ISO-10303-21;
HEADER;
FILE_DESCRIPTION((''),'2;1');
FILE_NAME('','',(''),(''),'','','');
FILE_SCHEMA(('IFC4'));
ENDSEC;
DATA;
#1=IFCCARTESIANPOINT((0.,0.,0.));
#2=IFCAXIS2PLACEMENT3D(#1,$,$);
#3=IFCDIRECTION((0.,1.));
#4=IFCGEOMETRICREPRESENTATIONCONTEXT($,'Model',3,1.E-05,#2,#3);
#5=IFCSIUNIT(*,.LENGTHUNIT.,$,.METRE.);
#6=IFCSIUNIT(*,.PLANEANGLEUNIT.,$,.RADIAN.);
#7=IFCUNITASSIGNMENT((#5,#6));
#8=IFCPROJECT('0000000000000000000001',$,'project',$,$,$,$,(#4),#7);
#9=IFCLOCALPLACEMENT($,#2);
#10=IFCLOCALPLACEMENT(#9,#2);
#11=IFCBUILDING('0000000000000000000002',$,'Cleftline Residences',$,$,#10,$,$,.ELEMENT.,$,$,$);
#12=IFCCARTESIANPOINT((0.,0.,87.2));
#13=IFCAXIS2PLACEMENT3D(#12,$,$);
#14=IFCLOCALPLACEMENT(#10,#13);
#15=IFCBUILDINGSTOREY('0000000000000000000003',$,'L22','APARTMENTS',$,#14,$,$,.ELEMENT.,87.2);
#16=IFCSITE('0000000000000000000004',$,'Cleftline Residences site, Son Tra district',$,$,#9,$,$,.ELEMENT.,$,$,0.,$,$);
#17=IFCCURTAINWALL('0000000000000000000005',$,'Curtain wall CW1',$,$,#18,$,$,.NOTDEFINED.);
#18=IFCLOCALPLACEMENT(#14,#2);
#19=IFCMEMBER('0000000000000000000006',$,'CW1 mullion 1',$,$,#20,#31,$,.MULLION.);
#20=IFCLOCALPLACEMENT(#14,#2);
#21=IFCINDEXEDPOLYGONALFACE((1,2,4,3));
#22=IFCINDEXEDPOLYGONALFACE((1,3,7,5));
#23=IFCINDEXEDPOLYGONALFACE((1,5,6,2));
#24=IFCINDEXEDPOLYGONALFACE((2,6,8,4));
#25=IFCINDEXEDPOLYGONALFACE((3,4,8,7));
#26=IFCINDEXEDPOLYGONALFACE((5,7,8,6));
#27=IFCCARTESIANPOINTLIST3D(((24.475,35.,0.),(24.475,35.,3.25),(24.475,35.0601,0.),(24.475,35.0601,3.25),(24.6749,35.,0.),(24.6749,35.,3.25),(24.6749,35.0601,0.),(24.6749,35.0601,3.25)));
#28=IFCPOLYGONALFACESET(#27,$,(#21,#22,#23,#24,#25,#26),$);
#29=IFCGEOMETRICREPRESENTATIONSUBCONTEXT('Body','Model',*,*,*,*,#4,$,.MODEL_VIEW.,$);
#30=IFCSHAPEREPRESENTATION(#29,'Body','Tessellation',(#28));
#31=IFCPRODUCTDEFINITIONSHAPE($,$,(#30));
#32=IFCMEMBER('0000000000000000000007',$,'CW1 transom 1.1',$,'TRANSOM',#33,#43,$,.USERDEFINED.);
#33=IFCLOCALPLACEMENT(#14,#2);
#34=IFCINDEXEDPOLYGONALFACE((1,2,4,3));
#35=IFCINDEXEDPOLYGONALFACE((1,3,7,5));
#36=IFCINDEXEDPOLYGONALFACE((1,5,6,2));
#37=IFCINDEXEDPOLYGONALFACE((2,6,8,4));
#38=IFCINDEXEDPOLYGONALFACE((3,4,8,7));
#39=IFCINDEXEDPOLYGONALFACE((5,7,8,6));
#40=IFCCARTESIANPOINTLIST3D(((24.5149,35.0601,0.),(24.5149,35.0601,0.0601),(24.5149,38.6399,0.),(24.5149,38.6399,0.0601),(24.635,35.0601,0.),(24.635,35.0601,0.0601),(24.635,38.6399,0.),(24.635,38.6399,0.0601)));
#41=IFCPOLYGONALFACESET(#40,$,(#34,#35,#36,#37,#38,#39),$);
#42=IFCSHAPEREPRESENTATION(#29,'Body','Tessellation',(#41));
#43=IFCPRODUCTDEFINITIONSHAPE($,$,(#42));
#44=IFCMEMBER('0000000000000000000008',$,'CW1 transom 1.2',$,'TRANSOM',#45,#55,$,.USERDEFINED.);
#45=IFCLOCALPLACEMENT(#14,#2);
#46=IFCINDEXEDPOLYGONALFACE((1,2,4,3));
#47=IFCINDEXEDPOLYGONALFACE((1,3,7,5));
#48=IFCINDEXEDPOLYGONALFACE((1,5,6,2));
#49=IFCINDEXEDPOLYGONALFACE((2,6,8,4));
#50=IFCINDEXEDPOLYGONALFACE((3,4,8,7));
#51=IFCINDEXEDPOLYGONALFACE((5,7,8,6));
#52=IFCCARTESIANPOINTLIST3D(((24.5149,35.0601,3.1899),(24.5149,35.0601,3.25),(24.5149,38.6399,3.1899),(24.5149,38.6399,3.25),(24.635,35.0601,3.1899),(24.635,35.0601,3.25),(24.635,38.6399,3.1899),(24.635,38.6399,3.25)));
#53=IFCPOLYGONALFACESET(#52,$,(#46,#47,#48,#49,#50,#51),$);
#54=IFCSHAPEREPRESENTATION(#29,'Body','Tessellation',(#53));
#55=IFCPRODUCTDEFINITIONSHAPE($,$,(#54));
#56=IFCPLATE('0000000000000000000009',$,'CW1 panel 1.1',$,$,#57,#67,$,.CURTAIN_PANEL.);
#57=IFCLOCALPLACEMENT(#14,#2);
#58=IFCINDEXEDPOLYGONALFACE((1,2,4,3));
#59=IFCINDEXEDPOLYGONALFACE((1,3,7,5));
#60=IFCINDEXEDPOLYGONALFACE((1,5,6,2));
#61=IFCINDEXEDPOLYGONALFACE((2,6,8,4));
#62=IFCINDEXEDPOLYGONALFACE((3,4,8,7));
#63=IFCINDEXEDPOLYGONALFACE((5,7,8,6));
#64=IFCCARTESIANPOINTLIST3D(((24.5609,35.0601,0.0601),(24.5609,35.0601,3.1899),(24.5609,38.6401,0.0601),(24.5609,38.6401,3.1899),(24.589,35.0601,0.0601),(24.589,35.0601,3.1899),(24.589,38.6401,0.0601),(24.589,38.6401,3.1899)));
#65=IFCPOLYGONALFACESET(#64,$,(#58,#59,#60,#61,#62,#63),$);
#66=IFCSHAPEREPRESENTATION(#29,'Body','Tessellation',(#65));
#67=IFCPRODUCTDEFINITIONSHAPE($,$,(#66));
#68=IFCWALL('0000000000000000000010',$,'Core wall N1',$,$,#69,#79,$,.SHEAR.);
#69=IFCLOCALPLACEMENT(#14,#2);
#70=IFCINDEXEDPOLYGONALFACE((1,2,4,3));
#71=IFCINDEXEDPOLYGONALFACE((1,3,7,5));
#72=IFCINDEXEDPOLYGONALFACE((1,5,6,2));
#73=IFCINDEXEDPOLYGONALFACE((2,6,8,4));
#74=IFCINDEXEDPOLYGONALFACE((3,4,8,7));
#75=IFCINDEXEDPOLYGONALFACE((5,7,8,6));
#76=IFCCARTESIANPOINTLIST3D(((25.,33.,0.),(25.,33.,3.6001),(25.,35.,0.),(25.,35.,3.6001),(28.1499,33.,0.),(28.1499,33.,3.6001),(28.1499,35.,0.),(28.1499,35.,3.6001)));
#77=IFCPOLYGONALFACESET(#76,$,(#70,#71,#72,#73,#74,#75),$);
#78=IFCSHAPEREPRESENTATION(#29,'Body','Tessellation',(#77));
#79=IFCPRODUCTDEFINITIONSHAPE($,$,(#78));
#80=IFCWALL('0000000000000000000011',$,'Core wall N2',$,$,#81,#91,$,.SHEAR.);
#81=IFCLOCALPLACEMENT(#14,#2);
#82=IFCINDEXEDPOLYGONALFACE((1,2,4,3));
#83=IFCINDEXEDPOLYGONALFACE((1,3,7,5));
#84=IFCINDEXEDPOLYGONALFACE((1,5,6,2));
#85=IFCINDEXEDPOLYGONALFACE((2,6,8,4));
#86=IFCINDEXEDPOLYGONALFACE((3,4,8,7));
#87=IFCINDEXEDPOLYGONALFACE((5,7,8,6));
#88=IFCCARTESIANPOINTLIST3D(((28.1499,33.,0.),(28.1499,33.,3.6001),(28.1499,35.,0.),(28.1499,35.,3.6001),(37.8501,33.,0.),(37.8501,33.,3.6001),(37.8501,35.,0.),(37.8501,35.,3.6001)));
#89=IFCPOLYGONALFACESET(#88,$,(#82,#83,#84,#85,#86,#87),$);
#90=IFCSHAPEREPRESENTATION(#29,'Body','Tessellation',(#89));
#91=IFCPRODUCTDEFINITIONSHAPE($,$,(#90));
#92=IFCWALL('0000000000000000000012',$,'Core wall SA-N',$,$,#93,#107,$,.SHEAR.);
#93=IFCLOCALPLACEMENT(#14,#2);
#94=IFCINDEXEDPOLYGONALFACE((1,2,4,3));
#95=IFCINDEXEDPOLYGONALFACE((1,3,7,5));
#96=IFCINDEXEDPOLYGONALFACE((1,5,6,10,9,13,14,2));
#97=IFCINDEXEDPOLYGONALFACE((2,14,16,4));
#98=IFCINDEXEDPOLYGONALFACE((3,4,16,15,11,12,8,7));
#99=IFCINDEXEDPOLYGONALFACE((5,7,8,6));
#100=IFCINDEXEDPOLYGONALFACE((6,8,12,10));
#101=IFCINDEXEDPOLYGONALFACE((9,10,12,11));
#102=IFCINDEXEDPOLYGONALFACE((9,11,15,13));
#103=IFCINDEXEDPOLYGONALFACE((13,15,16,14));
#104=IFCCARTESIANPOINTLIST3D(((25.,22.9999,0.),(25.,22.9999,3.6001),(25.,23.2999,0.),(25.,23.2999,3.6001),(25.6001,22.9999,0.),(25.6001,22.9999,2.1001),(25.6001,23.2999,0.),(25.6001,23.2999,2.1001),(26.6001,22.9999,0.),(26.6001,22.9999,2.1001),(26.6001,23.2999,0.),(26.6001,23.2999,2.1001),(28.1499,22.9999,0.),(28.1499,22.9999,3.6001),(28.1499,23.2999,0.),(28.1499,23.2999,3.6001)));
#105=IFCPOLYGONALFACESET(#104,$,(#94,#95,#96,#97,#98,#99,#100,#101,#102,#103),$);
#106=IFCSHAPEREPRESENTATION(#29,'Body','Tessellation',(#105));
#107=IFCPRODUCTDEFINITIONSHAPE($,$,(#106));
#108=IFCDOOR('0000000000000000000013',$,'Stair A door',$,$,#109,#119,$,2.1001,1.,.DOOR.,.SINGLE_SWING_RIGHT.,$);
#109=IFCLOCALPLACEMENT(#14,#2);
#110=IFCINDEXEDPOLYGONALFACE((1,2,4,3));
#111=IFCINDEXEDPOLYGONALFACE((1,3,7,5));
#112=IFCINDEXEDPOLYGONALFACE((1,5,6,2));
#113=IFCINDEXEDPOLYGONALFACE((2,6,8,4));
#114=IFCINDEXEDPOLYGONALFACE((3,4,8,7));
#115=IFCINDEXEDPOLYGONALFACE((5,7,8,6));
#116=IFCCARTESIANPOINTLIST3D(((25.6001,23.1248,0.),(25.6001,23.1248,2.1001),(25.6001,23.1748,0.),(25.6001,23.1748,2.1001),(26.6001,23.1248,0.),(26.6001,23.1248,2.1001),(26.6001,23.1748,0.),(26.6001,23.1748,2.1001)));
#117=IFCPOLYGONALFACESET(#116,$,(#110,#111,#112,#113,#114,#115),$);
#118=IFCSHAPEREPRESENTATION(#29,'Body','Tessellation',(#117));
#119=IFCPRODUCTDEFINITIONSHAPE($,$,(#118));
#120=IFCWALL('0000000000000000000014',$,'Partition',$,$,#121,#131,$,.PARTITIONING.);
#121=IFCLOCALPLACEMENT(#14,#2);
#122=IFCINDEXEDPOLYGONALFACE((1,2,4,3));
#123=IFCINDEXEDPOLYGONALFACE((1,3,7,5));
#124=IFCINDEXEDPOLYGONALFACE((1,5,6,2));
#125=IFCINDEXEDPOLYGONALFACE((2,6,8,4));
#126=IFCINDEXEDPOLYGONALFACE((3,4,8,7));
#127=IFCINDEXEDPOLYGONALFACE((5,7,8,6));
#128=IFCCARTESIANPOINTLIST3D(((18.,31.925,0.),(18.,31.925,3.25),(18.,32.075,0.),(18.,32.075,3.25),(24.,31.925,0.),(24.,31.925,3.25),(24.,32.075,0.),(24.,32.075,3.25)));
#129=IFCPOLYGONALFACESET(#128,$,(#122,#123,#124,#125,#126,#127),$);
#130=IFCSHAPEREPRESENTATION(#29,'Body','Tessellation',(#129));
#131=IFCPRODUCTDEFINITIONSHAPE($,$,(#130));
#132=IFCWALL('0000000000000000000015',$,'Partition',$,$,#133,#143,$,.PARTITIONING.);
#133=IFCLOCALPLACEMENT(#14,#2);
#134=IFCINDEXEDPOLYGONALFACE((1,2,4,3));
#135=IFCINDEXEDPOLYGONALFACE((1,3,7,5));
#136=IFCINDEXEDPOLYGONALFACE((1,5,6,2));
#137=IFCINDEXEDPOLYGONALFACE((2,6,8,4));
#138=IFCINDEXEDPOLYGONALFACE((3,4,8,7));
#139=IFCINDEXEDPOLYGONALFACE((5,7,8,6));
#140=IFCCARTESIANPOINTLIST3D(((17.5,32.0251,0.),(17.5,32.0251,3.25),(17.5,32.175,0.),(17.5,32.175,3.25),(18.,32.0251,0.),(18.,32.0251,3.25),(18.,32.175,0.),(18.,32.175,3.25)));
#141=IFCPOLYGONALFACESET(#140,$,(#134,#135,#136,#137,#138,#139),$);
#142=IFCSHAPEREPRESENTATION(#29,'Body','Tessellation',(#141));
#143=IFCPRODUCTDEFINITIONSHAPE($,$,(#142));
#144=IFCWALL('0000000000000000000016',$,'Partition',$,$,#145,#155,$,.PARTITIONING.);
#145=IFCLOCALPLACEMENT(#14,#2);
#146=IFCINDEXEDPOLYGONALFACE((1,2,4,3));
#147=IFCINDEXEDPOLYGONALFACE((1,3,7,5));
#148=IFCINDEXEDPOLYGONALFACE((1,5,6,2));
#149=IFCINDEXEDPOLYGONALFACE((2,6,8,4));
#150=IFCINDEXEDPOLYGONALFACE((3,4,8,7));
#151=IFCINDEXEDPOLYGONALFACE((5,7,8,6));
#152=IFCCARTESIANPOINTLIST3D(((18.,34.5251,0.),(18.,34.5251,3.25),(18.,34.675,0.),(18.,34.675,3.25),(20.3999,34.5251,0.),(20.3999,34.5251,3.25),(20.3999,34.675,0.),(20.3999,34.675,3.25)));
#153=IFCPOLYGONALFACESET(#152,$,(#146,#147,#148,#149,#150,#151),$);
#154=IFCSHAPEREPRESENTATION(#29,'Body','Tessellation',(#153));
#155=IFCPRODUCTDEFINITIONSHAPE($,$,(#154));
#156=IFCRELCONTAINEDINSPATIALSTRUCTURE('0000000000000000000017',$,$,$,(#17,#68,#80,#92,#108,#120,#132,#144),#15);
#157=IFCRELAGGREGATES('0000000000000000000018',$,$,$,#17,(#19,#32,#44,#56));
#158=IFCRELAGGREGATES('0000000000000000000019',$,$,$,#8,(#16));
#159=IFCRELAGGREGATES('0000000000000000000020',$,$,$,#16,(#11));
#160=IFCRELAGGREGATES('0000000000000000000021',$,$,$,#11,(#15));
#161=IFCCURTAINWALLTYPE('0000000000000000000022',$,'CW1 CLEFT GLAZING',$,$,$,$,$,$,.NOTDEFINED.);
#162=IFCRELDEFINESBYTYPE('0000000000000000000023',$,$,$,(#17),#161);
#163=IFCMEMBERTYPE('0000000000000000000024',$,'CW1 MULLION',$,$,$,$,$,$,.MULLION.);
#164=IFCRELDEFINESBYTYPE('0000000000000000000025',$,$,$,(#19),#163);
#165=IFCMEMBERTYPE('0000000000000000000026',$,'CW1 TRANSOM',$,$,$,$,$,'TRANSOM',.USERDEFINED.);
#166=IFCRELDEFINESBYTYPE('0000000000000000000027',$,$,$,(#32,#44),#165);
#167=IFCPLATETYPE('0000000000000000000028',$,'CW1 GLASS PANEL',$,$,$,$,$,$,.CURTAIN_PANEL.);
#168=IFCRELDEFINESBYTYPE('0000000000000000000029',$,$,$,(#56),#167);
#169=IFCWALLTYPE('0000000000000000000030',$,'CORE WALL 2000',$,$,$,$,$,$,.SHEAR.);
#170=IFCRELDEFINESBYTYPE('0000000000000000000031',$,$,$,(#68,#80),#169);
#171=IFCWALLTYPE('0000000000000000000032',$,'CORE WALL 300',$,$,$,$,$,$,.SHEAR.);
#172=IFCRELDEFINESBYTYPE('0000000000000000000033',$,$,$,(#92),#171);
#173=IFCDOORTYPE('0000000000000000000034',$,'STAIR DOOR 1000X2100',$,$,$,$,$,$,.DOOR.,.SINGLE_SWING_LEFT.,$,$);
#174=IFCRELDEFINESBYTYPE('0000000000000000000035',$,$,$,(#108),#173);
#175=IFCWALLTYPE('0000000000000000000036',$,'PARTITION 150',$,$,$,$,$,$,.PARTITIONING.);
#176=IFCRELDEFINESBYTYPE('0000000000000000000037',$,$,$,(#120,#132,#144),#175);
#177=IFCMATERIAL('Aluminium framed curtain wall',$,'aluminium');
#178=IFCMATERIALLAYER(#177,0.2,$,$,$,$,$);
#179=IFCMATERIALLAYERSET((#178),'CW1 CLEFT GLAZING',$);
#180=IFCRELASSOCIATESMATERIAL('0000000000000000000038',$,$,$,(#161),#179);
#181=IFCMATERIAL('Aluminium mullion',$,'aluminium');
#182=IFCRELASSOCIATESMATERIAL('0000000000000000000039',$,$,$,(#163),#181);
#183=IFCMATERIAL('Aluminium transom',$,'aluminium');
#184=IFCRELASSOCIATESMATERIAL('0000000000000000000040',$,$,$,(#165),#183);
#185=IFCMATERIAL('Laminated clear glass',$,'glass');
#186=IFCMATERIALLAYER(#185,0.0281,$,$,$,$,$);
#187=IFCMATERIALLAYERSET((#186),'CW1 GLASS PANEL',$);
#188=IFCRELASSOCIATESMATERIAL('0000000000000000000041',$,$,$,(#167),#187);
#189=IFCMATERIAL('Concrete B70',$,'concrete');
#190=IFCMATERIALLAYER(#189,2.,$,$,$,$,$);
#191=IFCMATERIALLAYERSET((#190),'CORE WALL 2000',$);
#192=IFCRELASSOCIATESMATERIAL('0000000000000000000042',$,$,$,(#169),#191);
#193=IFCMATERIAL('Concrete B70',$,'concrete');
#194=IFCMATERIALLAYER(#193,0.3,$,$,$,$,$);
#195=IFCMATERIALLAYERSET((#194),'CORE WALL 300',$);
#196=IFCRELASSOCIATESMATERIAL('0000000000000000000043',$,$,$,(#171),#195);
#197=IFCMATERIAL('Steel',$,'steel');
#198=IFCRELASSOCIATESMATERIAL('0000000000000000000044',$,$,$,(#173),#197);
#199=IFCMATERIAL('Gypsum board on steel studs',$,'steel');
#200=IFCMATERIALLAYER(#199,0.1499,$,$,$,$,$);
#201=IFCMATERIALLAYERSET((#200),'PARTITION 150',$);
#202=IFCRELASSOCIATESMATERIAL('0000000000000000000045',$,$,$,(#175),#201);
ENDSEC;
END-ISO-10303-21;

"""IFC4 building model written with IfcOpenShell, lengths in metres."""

from ifc_helpers import new_model, si_unit, direction, frame, frame_2d, origin, origin_2d, place, context, subcontext, project, spatial, rectangle, extrude, material, layer, layer_set, material_profile, profile_set, type_object, element, fill, aggregate, save


model = new_model("IFC4")

# Units and contexts
model_context = context("Model", 3, precision=1e-05, world=origin(), true_north=direction((0.0, 1.0)))
body_context = subcontext(model_context, "Body", "Model", "MODEL_VIEW")
ifc_project = project(units=[si_unit("LENGTHUNIT", "METRE"), si_unit("PLANEANGLEUNIT", "RADIAN")], contexts=[model_context])

# Site, building, storey
site_placement = place(None, origin())
site = spatial("IfcSite", under=ifc_project, at=site_placement, Name="Cleftline Residences site, Son Tra district", CompositionType="ELEMENT", RefElevation=0.0)
building_placement = place(site_placement, origin())
building = spatial("IfcBuilding", under=site, at=building_placement, Name="Cleftline Residences", CompositionType="ELEMENT")
storey_placement = place(building_placement, frame((0.0, 0.0, 87.2)))
storey = spatial("IfcBuildingStorey", under=building, at=storey_placement, Name="L22", Description="APARTMENTS", CompositionType="ELEMENT", Elevation=87.2)

# Curtain wall, members, plate
ifc_material_1 = material(Name="Aluminium framed curtain wall", Category="aluminium")
ifc_layer_1 = layer(ifc_material_1, 0.2)
ifc_layer_set_1 = layer_set([ifc_layer_1], Name="CW1 CLEFT GLAZING")
curtain_wall_type = type_object("IfcCurtainWallType", Name="CW1 CLEFT GLAZING", PredefinedType="NOTDEFINED", material=ifc_layer_set_1)
curtain_wall_placement = place(storey_placement, origin())
curtain_wall = element("IfcCurtainWall", 1, at=curtain_wall_placement, inside=storey, type_object=curtain_wall_type, Name="Curtain wall CW1", PredefinedType="NOTDEFINED")
ifc_material_2 = material(Name="Aluminium mullion", Category="aluminium")
ifc_material_profile_1 = material_profile(ifc_material_2, rectangle(XDim=0.2, YDim=0.0601, at=origin_2d()))
ifc_profile_set_1 = profile_set([ifc_material_profile_1], Name="Aluminium mullion")
member_type_1 = type_object("IfcMemberType", Name="CW1 MULLION", PredefinedType="MULLION", material=ifc_profile_set_1)
member_1_placement = place(storey_placement, frame((24.575, 35.03, 0.0), z_axis=(0.0, 0.0, 1.0), x_axis=(-1.0, 0.0, 0.0)))
member_1 = element("IfcMember", 2, at=member_1_placement, type_object=member_type_1, Name="CW1 mullion 1", PredefinedType="MULLION", context=body_context, shape_type="SweptSolid", body=[
    extrude(rectangle(XDim=0.2, YDim=0.0601, at=origin_2d()), origin(), (0.0, 0.0, 1.0), 3.25),
])
ifc_material_3 = material(Name="Aluminium transom", Category="aluminium")
ifc_material_profile_2 = material_profile(ifc_material_3, rectangle(XDim=0.1201, YDim=0.0601, at=origin_2d()))
ifc_profile_set_2 = profile_set([ifc_material_profile_2], Name="Aluminium transom")
member_type_2 = type_object("IfcMemberType", Name="CW1 TRANSOM", ElementType="TRANSOM", PredefinedType="USERDEFINED", material=ifc_profile_set_2)
member_2_placement = place(storey_placement, frame((24.575, 35.0601, 0.03), z_axis=(0.0, 1.0, 0.0), x_axis=(-1.0, 0.0, 0.0)))
member_2 = element("IfcMember", 3, at=member_2_placement, type_object=member_type_2, Name="CW1 transom 1.1", ObjectType="TRANSOM", PredefinedType="USERDEFINED", context=body_context, shape_type="SweptSolid", body=[
    extrude(rectangle(XDim=0.1201, YDim=0.0601, at=origin_2d()), origin(), (0.0, 0.0, 1.0), 3.5798),
])
member_3_placement = place(storey_placement, frame((24.575, 35.0601, 3.22), z_axis=(0.0, 1.0, 0.0), x_axis=(-1.0, 0.0, 0.0)))
member_3 = element("IfcMember", 4, at=member_3_placement, type_object=member_type_2, Name="CW1 transom 1.2", ObjectType="TRANSOM", PredefinedType="USERDEFINED", context=body_context, shape_type="SweptSolid", body=[
    extrude(rectangle(XDim=0.1201, YDim=0.0601, at=origin_2d()), origin(), (0.0, 0.0, 1.0), 3.5798),
])
ifc_material_4 = material(Name="Laminated clear glass", Category="glass")
ifc_layer_2 = layer(ifc_material_4, 0.0281)
ifc_layer_set_2 = layer_set([ifc_layer_2], Name="CW1 GLASS PANEL")
plate_type = type_object("IfcPlateType", Name="CW1 GLASS PANEL", PredefinedType="CURTAIN_PANEL", material=ifc_layer_set_2)
plate_placement = place(storey_placement, frame((24.575, 36.8501, 0.0601), z_axis=(0.0, 0.0, 1.0), x_axis=(0.0, 1.0, 0.0)))
plate = element("IfcPlate", 5, at=plate_placement, type_object=plate_type, Name="CW1 panel 1.1", PredefinedType="CURTAIN_PANEL", context=body_context, shape_type="SweptSolid", body=[
    extrude(rectangle(XDim=3.5801, YDim=0.0281, at=origin_2d()), origin(), (0.0, 0.0, 1.0), 3.1299),
])
aggregate(curtain_wall, [member_1, member_2, member_3, plate])

# Walls
ifc_material_5 = material(Name="Concrete B70", Category="concrete")
ifc_layer_3 = layer(ifc_material_5, 2.0)
ifc_layer_set_3 = layer_set([ifc_layer_3], Name="CORE WALL 2000")
wall_type_1 = type_object("IfcWallType", Name="CORE WALL 2000", PredefinedType="SHEAR", material=ifc_layer_set_3)
wall_1_placement = place(storey_placement, frame((25.0, 34.0, 0.0), z_axis=(0.0, 0.0, 1.0), x_axis=(1.0, 0.0, 0.0)))
element("IfcWall", 6, at=wall_1_placement, inside=storey, type_object=wall_type_1, Name="Core wall N1", PredefinedType="SHEAR", context=body_context, shape_type="SweptSolid", body=[
    extrude(rectangle(XDim=3.1499, YDim=2.0, at=frame_2d((1.575, 0.0))), origin(), (0.0, 0.0, 1.0), 3.6001),
])
wall_2_placement = place(storey_placement, frame((28.1499, 34.0, 0.0), z_axis=(0.0, 0.0, 1.0), x_axis=(1.0, 0.0, 0.0)))
element("IfcWall", 7, at=wall_2_placement, inside=storey, type_object=wall_type_1, Name="Core wall N2", PredefinedType="SHEAR", context=body_context, shape_type="SweptSolid", body=[
    extrude(rectangle(XDim=9.7002, YDim=2.0, at=frame_2d((4.8501, 0.0))), origin(), (0.0, 0.0, 1.0), 3.6001),
])

# Wall, opening, door
ifc_material_6 = material(Name="Concrete B70", Category="concrete")
ifc_layer_4 = layer(ifc_material_6, 0.3)
ifc_layer_set_4 = layer_set([ifc_layer_4], Name="CORE WALL 300")
wall_type_2 = type_object("IfcWallType", Name="CORE WALL 300", PredefinedType="SHEAR", material=ifc_layer_set_4)
wall_3_placement = place(storey_placement, frame((25.0, 23.1499, 0.0), z_axis=(0.0, 0.0, 1.0), x_axis=(1.0, 0.0, 0.0)))
wall_3 = element("IfcWall", 8, at=wall_3_placement, inside=storey, type_object=wall_type_2, Name="Core wall SA-N", PredefinedType="SHEAR", context=body_context, shape_type="SweptSolid", body=[
    extrude(rectangle(XDim=3.1499, YDim=0.3, at=frame_2d((1.575, 0.0))), origin(), (0.0, 0.0, 1.0), 3.6001),
])
opening_1_placement = place(wall_3_placement, frame((0.6001, 0.0, 0.0)))
opening_1 = element("IfcOpeningElement", 9, at=opening_1_placement, cuts=wall_3, PredefinedType="OPENING", context=body_context, shape_type="SweptSolid", body=[
    extrude(rectangle(XDim=1.0, YDim=2.1001, at=frame_2d((0.5, 1.05))), frame((0.0, 0.1599, 0.0), z_axis=(0.0, -1.0, 0.0), x_axis=(1.0, 0.0, 0.0)), (0.0, 0.0, 1.0), 0.3201),
])
ifc_material_7 = material(Name="Steel", Category="steel")
door_type_1 = type_object("IfcDoorType", Name="STAIR DOOR 1000X2100", OperationType="SINGLE_SWING_LEFT", PredefinedType="DOOR", material=ifc_material_7)
door_1_placement = place(opening_1_placement, origin())
door_1 = element("IfcDoor", 10, at=door_1_placement, inside=storey, type_object=door_type_1, Name="Stair A door", OperationType="SINGLE_SWING_RIGHT", OverallHeight=2.1001, OverallWidth=1.0, PredefinedType="DOOR", context=body_context, shape_type="SweptSolid", body=[
    extrude(rectangle(XDim=1.0, YDim=2.1001, at=frame_2d((0.5, 1.05))), frame((0.0, 0.0249, 0.0), z_axis=(0.0, -1.0, 0.0), x_axis=(1.0, 0.0, 0.0)), (0.0, 0.0, 1.0), 0.05),
])
fill(opening_1, door_1)

# Walls
ifc_material_8 = material(Name="Gypsum board on steel studs", Category="steel")
ifc_layer_5 = layer(ifc_material_8, 0.1499)
ifc_layer_set_5 = layer_set([ifc_layer_5], Name="PARTITION 150")
wall_type_3 = type_object("IfcWallType", Name="PARTITION 150", PredefinedType="PARTITIONING", material=ifc_layer_set_5)
wall_4_placement = place(storey_placement, frame((18.0, 32.0, 0.0), z_axis=(0.0, 0.0, 1.0), x_axis=(1.0, 0.0, 0.0)))
element("IfcWall", 11, at=wall_4_placement, inside=storey, type_object=wall_type_3, Name="Partition", PredefinedType="PARTITIONING", context=body_context, shape_type="SweptSolid", body=[
    extrude(rectangle(XDim=6.0, YDim=0.1499, at=frame_2d((3.0, 0.0))), origin(), (0.0, 0.0, 1.0), 3.25),
])
wall_5_placement = place(storey_placement, frame((17.5, 32.1001, 0.0), z_axis=(0.0, 0.0, 1.0), x_axis=(1.0, 0.0, 0.0)))
element("IfcWall", 12, at=wall_5_placement, inside=storey, type_object=wall_type_3, Name="Partition", PredefinedType="PARTITIONING", context=body_context, shape_type="SweptSolid", body=[
    extrude(rectangle(XDim=0.5, YDim=0.1499, at=frame_2d((0.25, 0.0))), origin(), (0.0, 0.0, 1.0), 3.25),
])
wall_6_placement = place(storey_placement, frame((18.0, 34.6001, 0.0), z_axis=(0.0, 0.0, 1.0), x_axis=(1.0, 0.0, 0.0)))
element("IfcWall", 13, at=wall_6_placement, inside=storey, type_object=wall_type_3, Name="Partition", PredefinedType="PARTITIONING", context=body_context, shape_type="SweptSolid", body=[
    extrude(rectangle(XDim=2.3999, YDim=0.1499, at=frame_2d((1.2, 0.0))), origin(), (0.0, 0.0, 1.0), 3.25),
])

save(model, "model.ifc")
